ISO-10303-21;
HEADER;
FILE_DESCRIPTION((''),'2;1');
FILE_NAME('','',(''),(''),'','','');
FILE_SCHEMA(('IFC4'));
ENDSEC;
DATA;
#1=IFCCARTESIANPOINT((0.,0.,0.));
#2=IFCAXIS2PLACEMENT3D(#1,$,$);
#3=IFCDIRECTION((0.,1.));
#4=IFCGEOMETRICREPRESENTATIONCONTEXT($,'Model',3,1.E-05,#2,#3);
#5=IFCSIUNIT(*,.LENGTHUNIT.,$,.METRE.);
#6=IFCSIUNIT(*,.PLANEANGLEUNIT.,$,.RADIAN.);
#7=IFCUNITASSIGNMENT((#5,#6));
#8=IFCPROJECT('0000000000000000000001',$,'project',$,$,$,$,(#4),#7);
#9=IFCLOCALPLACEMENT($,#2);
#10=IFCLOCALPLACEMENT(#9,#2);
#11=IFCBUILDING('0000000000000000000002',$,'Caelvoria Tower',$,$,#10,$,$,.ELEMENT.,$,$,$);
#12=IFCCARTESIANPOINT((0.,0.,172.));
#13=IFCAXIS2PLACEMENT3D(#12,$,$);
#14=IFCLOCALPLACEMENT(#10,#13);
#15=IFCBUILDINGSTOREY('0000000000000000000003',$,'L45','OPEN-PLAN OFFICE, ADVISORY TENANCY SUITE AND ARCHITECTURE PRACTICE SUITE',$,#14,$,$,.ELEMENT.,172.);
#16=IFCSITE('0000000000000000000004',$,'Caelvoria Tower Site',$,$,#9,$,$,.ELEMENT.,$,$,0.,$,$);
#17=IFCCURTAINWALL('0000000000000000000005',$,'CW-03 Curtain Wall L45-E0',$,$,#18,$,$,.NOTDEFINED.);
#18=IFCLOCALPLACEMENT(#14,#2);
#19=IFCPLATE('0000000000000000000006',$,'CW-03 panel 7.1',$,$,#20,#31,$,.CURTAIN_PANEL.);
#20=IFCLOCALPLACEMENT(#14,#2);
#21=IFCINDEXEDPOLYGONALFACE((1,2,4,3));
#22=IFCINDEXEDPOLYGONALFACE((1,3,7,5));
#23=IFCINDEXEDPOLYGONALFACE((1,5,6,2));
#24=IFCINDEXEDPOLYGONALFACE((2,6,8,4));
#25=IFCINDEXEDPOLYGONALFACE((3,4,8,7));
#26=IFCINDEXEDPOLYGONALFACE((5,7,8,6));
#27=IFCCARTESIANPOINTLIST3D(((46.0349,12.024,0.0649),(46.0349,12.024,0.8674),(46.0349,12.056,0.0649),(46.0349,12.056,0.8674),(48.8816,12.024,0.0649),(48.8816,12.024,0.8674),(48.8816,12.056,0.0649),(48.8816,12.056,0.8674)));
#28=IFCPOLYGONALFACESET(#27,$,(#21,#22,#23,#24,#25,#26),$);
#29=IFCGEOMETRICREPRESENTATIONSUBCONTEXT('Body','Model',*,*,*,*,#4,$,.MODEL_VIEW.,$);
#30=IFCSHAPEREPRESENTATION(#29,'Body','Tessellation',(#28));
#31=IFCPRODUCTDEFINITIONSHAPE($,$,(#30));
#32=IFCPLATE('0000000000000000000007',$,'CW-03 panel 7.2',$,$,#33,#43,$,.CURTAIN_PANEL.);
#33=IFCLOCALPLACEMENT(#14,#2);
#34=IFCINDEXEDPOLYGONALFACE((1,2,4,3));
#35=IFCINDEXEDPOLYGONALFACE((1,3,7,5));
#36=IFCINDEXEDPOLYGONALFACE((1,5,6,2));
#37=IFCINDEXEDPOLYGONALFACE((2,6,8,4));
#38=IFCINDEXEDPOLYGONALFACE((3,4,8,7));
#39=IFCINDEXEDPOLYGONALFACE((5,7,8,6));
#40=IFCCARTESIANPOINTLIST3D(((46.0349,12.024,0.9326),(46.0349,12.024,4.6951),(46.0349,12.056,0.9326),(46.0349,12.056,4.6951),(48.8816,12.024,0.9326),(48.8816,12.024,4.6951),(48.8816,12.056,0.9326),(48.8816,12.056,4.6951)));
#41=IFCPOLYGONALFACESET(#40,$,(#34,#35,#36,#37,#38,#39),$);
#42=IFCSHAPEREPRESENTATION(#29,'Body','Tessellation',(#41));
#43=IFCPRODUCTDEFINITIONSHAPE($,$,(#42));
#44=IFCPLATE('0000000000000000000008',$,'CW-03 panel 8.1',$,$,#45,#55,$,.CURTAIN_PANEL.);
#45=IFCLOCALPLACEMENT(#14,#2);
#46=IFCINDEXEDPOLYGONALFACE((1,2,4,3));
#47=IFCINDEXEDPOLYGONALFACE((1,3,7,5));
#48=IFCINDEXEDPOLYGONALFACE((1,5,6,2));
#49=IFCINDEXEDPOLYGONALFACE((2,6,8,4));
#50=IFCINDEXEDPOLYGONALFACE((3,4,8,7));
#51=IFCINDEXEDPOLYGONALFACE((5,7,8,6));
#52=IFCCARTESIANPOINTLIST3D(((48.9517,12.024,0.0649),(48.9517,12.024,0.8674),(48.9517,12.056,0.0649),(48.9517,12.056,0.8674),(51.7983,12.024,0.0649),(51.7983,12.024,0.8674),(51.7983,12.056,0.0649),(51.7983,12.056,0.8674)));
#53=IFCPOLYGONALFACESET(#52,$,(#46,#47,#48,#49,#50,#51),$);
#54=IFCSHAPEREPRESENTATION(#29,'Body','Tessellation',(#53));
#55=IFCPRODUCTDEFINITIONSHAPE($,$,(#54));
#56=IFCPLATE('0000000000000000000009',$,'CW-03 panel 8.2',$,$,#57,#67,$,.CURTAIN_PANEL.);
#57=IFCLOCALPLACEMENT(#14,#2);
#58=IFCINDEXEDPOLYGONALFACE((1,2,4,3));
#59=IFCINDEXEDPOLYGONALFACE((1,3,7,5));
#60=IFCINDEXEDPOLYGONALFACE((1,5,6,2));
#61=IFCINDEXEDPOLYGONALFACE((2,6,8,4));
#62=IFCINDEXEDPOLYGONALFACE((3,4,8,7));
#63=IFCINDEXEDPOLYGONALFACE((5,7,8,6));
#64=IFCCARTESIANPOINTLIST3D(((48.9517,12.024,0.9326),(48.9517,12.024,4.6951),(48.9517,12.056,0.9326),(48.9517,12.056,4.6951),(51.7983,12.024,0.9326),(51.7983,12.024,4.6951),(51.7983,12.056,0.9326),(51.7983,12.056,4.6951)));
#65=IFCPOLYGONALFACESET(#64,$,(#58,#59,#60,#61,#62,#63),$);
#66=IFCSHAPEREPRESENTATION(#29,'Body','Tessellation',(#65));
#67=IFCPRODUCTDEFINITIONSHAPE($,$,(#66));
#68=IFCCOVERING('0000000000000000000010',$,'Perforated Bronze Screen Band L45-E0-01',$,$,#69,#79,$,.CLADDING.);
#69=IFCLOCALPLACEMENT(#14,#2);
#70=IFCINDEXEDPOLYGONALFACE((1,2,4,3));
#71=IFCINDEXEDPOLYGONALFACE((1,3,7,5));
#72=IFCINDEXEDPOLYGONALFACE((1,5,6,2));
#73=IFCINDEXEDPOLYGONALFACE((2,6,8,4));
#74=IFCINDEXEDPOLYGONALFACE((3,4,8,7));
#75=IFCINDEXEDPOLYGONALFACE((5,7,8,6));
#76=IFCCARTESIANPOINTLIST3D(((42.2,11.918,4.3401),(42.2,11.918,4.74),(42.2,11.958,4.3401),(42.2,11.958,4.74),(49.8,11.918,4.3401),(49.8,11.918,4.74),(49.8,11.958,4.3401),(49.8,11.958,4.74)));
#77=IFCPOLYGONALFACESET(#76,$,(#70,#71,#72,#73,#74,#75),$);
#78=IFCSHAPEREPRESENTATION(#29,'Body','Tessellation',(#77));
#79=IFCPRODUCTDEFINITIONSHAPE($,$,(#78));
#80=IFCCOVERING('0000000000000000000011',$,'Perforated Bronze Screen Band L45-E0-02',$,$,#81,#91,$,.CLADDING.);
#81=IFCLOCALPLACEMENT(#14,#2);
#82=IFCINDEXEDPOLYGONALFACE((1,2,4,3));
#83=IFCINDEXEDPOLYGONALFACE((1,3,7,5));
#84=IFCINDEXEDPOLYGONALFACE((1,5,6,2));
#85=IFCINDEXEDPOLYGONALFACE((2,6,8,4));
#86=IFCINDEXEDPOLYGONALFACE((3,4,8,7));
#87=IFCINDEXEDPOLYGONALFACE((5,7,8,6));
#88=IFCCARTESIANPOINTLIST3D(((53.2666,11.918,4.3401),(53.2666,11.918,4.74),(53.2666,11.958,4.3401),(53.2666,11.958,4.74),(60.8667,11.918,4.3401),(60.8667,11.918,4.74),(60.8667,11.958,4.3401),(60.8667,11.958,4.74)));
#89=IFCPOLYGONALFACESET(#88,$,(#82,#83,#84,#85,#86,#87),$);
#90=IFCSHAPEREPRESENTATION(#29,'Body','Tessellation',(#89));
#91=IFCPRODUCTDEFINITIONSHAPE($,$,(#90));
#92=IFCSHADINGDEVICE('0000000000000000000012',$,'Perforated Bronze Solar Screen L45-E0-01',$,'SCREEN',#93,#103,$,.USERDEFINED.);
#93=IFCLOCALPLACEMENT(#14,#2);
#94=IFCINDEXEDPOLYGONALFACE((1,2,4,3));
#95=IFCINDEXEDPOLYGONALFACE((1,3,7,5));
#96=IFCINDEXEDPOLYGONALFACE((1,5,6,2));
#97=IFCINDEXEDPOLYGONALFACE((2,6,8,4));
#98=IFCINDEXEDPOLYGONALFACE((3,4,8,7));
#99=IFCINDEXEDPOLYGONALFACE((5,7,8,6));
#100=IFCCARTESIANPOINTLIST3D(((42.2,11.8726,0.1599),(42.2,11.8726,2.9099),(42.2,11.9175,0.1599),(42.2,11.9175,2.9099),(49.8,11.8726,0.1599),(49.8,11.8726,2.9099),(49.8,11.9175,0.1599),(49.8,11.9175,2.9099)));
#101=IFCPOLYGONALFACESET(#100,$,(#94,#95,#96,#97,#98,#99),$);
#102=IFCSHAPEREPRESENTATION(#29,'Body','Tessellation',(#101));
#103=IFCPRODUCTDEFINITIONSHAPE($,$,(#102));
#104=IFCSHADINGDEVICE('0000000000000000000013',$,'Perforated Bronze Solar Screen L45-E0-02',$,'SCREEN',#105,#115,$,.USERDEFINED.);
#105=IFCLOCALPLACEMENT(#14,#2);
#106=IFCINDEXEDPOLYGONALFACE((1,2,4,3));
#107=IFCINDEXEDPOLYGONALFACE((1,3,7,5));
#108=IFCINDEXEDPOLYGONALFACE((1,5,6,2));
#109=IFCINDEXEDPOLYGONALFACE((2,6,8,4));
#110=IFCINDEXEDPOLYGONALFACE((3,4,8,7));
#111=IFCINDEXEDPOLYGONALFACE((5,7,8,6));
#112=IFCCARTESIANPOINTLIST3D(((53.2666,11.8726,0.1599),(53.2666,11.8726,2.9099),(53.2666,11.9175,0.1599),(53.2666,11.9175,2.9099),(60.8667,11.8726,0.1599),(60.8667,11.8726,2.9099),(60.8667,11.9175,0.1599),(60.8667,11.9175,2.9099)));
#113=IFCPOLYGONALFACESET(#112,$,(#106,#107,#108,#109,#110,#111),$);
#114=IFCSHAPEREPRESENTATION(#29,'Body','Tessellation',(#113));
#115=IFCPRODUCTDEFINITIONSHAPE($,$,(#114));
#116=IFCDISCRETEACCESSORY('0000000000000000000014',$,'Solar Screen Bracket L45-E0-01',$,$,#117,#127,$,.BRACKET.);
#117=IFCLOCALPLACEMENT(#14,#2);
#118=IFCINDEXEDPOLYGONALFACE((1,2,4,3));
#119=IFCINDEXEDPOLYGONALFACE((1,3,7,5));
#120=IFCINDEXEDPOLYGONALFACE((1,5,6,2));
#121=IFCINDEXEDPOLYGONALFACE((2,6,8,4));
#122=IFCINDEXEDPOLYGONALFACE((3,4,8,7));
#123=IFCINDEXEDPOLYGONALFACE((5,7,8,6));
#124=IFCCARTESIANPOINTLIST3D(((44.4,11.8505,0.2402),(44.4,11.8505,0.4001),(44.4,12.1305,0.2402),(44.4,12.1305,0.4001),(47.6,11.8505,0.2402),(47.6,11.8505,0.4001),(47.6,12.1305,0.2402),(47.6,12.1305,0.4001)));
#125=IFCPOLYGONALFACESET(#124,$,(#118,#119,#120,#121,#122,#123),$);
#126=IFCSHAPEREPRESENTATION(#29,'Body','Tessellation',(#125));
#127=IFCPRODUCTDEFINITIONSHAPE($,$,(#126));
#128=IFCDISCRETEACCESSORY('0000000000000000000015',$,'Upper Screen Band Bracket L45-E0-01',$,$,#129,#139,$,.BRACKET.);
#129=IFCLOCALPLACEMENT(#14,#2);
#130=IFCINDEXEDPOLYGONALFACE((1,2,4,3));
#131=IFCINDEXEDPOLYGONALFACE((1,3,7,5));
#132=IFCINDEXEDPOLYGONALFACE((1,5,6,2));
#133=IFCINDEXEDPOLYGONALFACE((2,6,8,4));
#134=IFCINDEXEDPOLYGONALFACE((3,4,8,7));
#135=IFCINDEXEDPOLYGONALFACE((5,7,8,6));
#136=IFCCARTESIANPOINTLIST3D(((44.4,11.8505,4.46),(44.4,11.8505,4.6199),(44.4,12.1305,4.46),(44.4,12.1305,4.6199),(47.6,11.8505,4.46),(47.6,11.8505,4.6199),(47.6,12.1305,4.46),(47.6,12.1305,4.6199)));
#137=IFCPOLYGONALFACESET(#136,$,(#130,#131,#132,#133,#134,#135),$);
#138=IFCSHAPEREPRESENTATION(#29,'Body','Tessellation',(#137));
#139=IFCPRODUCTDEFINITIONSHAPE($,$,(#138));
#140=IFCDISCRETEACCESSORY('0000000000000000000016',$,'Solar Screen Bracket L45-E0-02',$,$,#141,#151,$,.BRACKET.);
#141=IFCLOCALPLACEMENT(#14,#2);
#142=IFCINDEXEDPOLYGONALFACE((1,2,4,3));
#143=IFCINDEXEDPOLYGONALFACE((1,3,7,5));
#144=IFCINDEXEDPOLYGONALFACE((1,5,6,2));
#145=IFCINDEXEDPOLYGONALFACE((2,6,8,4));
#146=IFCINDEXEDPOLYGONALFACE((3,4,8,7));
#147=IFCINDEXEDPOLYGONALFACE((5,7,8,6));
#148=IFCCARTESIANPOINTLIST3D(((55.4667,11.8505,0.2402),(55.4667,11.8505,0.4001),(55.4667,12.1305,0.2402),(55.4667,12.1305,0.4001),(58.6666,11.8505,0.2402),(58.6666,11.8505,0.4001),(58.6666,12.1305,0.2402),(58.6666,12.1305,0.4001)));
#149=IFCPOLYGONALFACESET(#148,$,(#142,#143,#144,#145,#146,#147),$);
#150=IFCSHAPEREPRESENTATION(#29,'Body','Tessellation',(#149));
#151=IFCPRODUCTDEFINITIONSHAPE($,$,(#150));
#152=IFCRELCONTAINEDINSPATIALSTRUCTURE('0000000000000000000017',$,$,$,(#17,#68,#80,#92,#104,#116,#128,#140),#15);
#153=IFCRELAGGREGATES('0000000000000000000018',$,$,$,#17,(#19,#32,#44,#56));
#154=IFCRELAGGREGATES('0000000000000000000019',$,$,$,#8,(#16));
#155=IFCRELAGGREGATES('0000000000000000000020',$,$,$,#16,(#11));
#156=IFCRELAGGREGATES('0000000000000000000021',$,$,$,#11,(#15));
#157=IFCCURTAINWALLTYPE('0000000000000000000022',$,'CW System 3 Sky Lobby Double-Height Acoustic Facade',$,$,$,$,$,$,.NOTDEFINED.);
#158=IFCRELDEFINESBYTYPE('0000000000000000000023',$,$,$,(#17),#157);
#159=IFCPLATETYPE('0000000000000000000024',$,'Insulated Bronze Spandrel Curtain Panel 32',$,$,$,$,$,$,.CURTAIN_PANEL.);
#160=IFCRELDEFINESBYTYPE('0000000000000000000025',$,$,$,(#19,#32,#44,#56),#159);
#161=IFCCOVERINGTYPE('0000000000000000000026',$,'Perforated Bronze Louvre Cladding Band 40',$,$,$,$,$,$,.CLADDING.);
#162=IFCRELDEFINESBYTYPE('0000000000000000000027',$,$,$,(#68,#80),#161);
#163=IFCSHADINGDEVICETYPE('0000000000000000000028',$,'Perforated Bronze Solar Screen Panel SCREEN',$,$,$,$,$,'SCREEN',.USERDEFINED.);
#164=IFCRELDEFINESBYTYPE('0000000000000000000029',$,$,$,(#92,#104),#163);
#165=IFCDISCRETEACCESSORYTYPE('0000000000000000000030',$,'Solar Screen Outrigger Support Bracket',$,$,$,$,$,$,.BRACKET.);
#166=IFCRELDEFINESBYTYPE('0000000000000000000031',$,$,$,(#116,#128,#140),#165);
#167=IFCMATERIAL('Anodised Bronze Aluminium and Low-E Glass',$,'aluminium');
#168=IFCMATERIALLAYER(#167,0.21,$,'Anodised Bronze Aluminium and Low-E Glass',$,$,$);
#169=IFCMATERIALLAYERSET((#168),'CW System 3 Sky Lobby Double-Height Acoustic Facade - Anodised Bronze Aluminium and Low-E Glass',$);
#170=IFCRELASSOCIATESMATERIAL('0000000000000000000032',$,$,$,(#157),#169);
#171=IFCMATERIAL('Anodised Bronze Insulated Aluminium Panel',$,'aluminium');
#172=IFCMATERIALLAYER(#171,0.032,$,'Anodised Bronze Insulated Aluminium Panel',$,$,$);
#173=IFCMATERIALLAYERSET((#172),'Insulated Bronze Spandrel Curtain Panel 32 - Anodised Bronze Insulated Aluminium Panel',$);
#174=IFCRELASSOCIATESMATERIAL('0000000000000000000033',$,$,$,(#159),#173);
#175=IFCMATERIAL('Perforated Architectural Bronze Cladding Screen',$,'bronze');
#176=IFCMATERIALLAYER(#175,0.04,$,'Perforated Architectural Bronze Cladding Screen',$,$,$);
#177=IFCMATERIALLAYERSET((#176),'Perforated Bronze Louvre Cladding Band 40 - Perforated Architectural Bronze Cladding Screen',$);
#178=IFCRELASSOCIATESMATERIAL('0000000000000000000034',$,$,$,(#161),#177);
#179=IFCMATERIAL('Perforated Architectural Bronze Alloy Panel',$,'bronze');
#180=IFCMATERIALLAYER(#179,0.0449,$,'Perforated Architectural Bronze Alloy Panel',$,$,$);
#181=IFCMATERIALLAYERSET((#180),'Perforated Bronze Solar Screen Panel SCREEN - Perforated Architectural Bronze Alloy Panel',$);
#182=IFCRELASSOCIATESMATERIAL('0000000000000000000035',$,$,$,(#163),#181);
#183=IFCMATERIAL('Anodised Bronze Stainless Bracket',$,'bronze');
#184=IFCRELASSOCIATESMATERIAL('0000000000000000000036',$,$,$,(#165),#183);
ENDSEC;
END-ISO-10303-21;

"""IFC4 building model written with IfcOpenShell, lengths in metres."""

from ifc_helpers import new_model, si_unit, direction, frame, origin, origin_2d, place, context, subcontext, project, spatial, rectangle, extrude, material, layer, layer_set, type_object, element, aggregate, save


model = new_model("IFC4")

# Units and contexts
model_context = context("Model", 3, precision=1e-05, world=origin(), true_north=direction((0.0, 1.0)))
body_context = subcontext(model_context, "Body", "Model", "MODEL_VIEW")
ifc_project = project(units=[si_unit("LENGTHUNIT", "METRE"), si_unit("PLANEANGLEUNIT", "RADIAN")], contexts=[model_context])

# Site, building, storey
site_placement = place(None, origin())
site = spatial("IfcSite", under=ifc_project, at=site_placement, Name="Caelvoria Tower Site", CompositionType="ELEMENT", RefElevation=0.0)
building_placement = place(site_placement, origin())
building = spatial("IfcBuilding", under=site, at=building_placement, Name="Caelvoria Tower", CompositionType="ELEMENT")
storey_placement = place(building_placement, frame((0.0, 0.0, 172.0)))
storey = spatial("IfcBuildingStorey", under=building, at=storey_placement, Name="L45", Description="OPEN-PLAN OFFICE, ADVISORY TENANCY SUITE AND ARCHITECTURE PRACTICE SUITE", CompositionType="ELEMENT", Elevation=172.0)

# Curtain wall
ifc_material_1 = material(Name="Anodised Bronze Aluminium and Low-E Glass", Category="aluminium")
ifc_layer_1 = layer(ifc_material_1, 0.21, Name="Anodised Bronze Aluminium and Low-E Glass")
ifc_layer_set_1 = layer_set([ifc_layer_1], Name="CW System 3 Sky Lobby Double-Height Acoustic Facade - Anodised Bronze Aluminium and Low-E Glass")
curtain_wall_type = type_object("IfcCurtainWallType", Name="CW System 3 Sky Lobby Double-Height Acoustic Facade", PredefinedType="NOTDEFINED", material=ifc_layer_set_1)
curtain_wall_placement = place(storey_placement, origin())
curtain_wall = element("IfcCurtainWall", 1, at=curtain_wall_placement, inside=storey, type_object=curtain_wall_type, Name="CW-03 Curtain Wall L45-E0", PredefinedType="NOTDEFINED")

# Plates
ifc_material_2 = material(Name="Anodised Bronze Insulated Aluminium Panel", Category="aluminium")
ifc_layer_2 = layer(ifc_material_2, 0.032, Name="Anodised Bronze Insulated Aluminium Panel")
ifc_layer_set_2 = layer_set([ifc_layer_2], Name="Insulated Bronze Spandrel Curtain Panel 32 - Anodised Bronze Insulated Aluminium Panel")
plate_type = type_object("IfcPlateType", Name="Insulated Bronze Spandrel Curtain Panel 32", PredefinedType="CURTAIN_PANEL", material=ifc_layer_set_2)
plate_1_placement = place(storey_placement, frame((47.4583, 12.04, 0.0649), z_axis=(0.0, 0.0, 1.0), x_axis=(1.0, 0.0, 0.0)))
plate_1 = element("IfcPlate", 2, at=plate_1_placement, type_object=plate_type, Name="CW-03 panel 7.1", PredefinedType="CURTAIN_PANEL", context=body_context, shape_type="SweptSolid", body=[
    extrude(rectangle(XDim=2.8467, YDim=0.032, at=origin_2d()), origin(), (0.0, 0.0, 1.0), 0.8025),
])
plate_2_placement = place(storey_placement, frame((47.4583, 12.04, 0.9326), z_axis=(0.0, 0.0, 1.0), x_axis=(1.0, 0.0, 0.0)))
plate_2 = element("IfcPlate", 3, at=plate_2_placement, type_object=plate_type, Name="CW-03 panel 7.2", PredefinedType="CURTAIN_PANEL", context=body_context, shape_type="SweptSolid", body=[
    extrude(rectangle(XDim=2.8467, YDim=0.032, at=origin_2d()), origin(), (0.0, 0.0, 1.0), 3.7625),
])
plate_3_placement = place(storey_placement, frame((50.375, 12.04, 0.0649), z_axis=(0.0, 0.0, 1.0), x_axis=(1.0, 0.0, 0.0)))
plate_3 = element("IfcPlate", 4, at=plate_3_placement, type_object=plate_type, Name="CW-03 panel 8.1", PredefinedType="CURTAIN_PANEL", context=body_context, shape_type="SweptSolid", body=[
    extrude(rectangle(XDim=2.8467, YDim=0.032, at=origin_2d()), origin(), (0.0, 0.0, 1.0), 0.8025),
])
plate_4_placement = place(storey_placement, frame((50.375, 12.04, 0.9326), z_axis=(0.0, 0.0, 1.0), x_axis=(1.0, 0.0, 0.0)))
plate_4 = element("IfcPlate", 5, at=plate_4_placement, type_object=plate_type, Name="CW-03 panel 8.2", PredefinedType="CURTAIN_PANEL", context=body_context, shape_type="SweptSolid", body=[
    extrude(rectangle(XDim=2.8467, YDim=0.032, at=origin_2d()), origin(), (0.0, 0.0, 1.0), 3.7625),
])
aggregate(curtain_wall, [plate_1, plate_2, plate_3, plate_4])

# Coverings
ifc_material_3 = material(Name="Perforated Architectural Bronze Cladding Screen", Category="bronze")
ifc_layer_3 = layer(ifc_material_3, 0.04, Name="Perforated Architectural Bronze Cladding Screen")
ifc_layer_set_3 = layer_set([ifc_layer_3], Name="Perforated Bronze Louvre Cladding Band 40 - Perforated Architectural Bronze Cladding Screen")
covering_type = type_object("IfcCoveringType", Name="Perforated Bronze Louvre Cladding Band 40", PredefinedType="CLADDING", material=ifc_layer_set_3)
for number, where, z_axis, x_axis, name in (
    (6, (46.0, 11.938, 4.3401), (0.0, 0.0, 1.0), (1.0, 0.0, 0.0), "Perforated Bronze Screen Band L45-E0-01"),
    (7, (57.0667, 11.938, 4.3401), (0.0, 0.0, 1.0), (1.0, 0.0, 0.0), "Perforated Bronze Screen Band L45-E0-02"),
):
    element("IfcCovering", number, at=place(storey_placement, frame(where, z_axis=z_axis, x_axis=x_axis)), inside=storey, type_object=covering_type, Name=name, PredefinedType="CLADDING", context=body_context, shape_type="SweptSolid", body=[
        extrude(rectangle(XDim=7.6001, YDim=0.04, at=origin_2d()), origin(), (0.0, 0.0, 1.0), 0.3999),
    ])

# Shading devices
ifc_material_4 = material(Name="Perforated Architectural Bronze Alloy Panel", Category="bronze")
ifc_layer_4 = layer(ifc_material_4, 0.0449, Name="Perforated Architectural Bronze Alloy Panel")
ifc_layer_set_4 = layer_set([ifc_layer_4], Name="Perforated Bronze Solar Screen Panel SCREEN - Perforated Architectural Bronze Alloy Panel")
shading_device_type = type_object("IfcShadingDeviceType", Name="Perforated Bronze Solar Screen Panel SCREEN", ElementType="SCREEN", PredefinedType="USERDEFINED", material=ifc_layer_set_4)
for number, where, z_axis, x_axis, name in (
    (8, (46.0, 11.895, 0.1599), (0.0, 0.0, 1.0), (1.0, 0.0, 0.0), "Perforated Bronze Solar Screen L45-E0-01"),
    (9, (57.0667, 11.895, 0.1599), (0.0, 0.0, 1.0), (1.0, 0.0, 0.0), "Perforated Bronze Solar Screen L45-E0-02"),
):
    element("IfcShadingDevice", number, at=place(storey_placement, frame(where, z_axis=z_axis, x_axis=x_axis)), inside=storey, type_object=shading_device_type, Name=name, ObjectType="SCREEN", PredefinedType="USERDEFINED", context=body_context, shape_type="SweptSolid", body=[
        extrude(rectangle(XDim=7.6001, YDim=0.0449, at=origin_2d()), origin(), (0.0, 0.0, 1.0), 2.75),
    ])

# Discrete accessories
ifc_material_5 = material(Name="Anodised Bronze Stainless Bracket", Category="bronze")
discrete_accessory_type = type_object("IfcDiscreteAccessoryType", Name="Solar Screen Outrigger Support Bracket", PredefinedType="BRACKET", material=ifc_material_5)
for number, where, z_axis, x_axis, name in (
    (10, (46.0, 11.9905, 0.2402), (0.0, 0.0, 1.0), (1.0, 0.0, 0.0), "Solar Screen Bracket L45-E0-01"),
    (11, (46.0, 11.9905, 4.46), (0.0, 0.0, 1.0), (1.0, 0.0, 0.0), "Upper Screen Band Bracket L45-E0-01"),
    (12, (57.0667, 11.9905, 0.2402), (0.0, 0.0, 1.0), (1.0, 0.0, 0.0), "Solar Screen Bracket L45-E0-02"),
):
    element("IfcDiscreteAccessory", number, at=place(storey_placement, frame(where, z_axis=z_axis, x_axis=x_axis)), inside=storey, type_object=discrete_accessory_type, Name=name, PredefinedType="BRACKET", context=body_context, shape_type="SweptSolid", body=[
        extrude(rectangle(XDim=3.2, YDim=0.28, at=origin_2d()), origin(), (0.0, 0.0, 1.0), 0.1599),
    ])

save(model, "model.ifc")
